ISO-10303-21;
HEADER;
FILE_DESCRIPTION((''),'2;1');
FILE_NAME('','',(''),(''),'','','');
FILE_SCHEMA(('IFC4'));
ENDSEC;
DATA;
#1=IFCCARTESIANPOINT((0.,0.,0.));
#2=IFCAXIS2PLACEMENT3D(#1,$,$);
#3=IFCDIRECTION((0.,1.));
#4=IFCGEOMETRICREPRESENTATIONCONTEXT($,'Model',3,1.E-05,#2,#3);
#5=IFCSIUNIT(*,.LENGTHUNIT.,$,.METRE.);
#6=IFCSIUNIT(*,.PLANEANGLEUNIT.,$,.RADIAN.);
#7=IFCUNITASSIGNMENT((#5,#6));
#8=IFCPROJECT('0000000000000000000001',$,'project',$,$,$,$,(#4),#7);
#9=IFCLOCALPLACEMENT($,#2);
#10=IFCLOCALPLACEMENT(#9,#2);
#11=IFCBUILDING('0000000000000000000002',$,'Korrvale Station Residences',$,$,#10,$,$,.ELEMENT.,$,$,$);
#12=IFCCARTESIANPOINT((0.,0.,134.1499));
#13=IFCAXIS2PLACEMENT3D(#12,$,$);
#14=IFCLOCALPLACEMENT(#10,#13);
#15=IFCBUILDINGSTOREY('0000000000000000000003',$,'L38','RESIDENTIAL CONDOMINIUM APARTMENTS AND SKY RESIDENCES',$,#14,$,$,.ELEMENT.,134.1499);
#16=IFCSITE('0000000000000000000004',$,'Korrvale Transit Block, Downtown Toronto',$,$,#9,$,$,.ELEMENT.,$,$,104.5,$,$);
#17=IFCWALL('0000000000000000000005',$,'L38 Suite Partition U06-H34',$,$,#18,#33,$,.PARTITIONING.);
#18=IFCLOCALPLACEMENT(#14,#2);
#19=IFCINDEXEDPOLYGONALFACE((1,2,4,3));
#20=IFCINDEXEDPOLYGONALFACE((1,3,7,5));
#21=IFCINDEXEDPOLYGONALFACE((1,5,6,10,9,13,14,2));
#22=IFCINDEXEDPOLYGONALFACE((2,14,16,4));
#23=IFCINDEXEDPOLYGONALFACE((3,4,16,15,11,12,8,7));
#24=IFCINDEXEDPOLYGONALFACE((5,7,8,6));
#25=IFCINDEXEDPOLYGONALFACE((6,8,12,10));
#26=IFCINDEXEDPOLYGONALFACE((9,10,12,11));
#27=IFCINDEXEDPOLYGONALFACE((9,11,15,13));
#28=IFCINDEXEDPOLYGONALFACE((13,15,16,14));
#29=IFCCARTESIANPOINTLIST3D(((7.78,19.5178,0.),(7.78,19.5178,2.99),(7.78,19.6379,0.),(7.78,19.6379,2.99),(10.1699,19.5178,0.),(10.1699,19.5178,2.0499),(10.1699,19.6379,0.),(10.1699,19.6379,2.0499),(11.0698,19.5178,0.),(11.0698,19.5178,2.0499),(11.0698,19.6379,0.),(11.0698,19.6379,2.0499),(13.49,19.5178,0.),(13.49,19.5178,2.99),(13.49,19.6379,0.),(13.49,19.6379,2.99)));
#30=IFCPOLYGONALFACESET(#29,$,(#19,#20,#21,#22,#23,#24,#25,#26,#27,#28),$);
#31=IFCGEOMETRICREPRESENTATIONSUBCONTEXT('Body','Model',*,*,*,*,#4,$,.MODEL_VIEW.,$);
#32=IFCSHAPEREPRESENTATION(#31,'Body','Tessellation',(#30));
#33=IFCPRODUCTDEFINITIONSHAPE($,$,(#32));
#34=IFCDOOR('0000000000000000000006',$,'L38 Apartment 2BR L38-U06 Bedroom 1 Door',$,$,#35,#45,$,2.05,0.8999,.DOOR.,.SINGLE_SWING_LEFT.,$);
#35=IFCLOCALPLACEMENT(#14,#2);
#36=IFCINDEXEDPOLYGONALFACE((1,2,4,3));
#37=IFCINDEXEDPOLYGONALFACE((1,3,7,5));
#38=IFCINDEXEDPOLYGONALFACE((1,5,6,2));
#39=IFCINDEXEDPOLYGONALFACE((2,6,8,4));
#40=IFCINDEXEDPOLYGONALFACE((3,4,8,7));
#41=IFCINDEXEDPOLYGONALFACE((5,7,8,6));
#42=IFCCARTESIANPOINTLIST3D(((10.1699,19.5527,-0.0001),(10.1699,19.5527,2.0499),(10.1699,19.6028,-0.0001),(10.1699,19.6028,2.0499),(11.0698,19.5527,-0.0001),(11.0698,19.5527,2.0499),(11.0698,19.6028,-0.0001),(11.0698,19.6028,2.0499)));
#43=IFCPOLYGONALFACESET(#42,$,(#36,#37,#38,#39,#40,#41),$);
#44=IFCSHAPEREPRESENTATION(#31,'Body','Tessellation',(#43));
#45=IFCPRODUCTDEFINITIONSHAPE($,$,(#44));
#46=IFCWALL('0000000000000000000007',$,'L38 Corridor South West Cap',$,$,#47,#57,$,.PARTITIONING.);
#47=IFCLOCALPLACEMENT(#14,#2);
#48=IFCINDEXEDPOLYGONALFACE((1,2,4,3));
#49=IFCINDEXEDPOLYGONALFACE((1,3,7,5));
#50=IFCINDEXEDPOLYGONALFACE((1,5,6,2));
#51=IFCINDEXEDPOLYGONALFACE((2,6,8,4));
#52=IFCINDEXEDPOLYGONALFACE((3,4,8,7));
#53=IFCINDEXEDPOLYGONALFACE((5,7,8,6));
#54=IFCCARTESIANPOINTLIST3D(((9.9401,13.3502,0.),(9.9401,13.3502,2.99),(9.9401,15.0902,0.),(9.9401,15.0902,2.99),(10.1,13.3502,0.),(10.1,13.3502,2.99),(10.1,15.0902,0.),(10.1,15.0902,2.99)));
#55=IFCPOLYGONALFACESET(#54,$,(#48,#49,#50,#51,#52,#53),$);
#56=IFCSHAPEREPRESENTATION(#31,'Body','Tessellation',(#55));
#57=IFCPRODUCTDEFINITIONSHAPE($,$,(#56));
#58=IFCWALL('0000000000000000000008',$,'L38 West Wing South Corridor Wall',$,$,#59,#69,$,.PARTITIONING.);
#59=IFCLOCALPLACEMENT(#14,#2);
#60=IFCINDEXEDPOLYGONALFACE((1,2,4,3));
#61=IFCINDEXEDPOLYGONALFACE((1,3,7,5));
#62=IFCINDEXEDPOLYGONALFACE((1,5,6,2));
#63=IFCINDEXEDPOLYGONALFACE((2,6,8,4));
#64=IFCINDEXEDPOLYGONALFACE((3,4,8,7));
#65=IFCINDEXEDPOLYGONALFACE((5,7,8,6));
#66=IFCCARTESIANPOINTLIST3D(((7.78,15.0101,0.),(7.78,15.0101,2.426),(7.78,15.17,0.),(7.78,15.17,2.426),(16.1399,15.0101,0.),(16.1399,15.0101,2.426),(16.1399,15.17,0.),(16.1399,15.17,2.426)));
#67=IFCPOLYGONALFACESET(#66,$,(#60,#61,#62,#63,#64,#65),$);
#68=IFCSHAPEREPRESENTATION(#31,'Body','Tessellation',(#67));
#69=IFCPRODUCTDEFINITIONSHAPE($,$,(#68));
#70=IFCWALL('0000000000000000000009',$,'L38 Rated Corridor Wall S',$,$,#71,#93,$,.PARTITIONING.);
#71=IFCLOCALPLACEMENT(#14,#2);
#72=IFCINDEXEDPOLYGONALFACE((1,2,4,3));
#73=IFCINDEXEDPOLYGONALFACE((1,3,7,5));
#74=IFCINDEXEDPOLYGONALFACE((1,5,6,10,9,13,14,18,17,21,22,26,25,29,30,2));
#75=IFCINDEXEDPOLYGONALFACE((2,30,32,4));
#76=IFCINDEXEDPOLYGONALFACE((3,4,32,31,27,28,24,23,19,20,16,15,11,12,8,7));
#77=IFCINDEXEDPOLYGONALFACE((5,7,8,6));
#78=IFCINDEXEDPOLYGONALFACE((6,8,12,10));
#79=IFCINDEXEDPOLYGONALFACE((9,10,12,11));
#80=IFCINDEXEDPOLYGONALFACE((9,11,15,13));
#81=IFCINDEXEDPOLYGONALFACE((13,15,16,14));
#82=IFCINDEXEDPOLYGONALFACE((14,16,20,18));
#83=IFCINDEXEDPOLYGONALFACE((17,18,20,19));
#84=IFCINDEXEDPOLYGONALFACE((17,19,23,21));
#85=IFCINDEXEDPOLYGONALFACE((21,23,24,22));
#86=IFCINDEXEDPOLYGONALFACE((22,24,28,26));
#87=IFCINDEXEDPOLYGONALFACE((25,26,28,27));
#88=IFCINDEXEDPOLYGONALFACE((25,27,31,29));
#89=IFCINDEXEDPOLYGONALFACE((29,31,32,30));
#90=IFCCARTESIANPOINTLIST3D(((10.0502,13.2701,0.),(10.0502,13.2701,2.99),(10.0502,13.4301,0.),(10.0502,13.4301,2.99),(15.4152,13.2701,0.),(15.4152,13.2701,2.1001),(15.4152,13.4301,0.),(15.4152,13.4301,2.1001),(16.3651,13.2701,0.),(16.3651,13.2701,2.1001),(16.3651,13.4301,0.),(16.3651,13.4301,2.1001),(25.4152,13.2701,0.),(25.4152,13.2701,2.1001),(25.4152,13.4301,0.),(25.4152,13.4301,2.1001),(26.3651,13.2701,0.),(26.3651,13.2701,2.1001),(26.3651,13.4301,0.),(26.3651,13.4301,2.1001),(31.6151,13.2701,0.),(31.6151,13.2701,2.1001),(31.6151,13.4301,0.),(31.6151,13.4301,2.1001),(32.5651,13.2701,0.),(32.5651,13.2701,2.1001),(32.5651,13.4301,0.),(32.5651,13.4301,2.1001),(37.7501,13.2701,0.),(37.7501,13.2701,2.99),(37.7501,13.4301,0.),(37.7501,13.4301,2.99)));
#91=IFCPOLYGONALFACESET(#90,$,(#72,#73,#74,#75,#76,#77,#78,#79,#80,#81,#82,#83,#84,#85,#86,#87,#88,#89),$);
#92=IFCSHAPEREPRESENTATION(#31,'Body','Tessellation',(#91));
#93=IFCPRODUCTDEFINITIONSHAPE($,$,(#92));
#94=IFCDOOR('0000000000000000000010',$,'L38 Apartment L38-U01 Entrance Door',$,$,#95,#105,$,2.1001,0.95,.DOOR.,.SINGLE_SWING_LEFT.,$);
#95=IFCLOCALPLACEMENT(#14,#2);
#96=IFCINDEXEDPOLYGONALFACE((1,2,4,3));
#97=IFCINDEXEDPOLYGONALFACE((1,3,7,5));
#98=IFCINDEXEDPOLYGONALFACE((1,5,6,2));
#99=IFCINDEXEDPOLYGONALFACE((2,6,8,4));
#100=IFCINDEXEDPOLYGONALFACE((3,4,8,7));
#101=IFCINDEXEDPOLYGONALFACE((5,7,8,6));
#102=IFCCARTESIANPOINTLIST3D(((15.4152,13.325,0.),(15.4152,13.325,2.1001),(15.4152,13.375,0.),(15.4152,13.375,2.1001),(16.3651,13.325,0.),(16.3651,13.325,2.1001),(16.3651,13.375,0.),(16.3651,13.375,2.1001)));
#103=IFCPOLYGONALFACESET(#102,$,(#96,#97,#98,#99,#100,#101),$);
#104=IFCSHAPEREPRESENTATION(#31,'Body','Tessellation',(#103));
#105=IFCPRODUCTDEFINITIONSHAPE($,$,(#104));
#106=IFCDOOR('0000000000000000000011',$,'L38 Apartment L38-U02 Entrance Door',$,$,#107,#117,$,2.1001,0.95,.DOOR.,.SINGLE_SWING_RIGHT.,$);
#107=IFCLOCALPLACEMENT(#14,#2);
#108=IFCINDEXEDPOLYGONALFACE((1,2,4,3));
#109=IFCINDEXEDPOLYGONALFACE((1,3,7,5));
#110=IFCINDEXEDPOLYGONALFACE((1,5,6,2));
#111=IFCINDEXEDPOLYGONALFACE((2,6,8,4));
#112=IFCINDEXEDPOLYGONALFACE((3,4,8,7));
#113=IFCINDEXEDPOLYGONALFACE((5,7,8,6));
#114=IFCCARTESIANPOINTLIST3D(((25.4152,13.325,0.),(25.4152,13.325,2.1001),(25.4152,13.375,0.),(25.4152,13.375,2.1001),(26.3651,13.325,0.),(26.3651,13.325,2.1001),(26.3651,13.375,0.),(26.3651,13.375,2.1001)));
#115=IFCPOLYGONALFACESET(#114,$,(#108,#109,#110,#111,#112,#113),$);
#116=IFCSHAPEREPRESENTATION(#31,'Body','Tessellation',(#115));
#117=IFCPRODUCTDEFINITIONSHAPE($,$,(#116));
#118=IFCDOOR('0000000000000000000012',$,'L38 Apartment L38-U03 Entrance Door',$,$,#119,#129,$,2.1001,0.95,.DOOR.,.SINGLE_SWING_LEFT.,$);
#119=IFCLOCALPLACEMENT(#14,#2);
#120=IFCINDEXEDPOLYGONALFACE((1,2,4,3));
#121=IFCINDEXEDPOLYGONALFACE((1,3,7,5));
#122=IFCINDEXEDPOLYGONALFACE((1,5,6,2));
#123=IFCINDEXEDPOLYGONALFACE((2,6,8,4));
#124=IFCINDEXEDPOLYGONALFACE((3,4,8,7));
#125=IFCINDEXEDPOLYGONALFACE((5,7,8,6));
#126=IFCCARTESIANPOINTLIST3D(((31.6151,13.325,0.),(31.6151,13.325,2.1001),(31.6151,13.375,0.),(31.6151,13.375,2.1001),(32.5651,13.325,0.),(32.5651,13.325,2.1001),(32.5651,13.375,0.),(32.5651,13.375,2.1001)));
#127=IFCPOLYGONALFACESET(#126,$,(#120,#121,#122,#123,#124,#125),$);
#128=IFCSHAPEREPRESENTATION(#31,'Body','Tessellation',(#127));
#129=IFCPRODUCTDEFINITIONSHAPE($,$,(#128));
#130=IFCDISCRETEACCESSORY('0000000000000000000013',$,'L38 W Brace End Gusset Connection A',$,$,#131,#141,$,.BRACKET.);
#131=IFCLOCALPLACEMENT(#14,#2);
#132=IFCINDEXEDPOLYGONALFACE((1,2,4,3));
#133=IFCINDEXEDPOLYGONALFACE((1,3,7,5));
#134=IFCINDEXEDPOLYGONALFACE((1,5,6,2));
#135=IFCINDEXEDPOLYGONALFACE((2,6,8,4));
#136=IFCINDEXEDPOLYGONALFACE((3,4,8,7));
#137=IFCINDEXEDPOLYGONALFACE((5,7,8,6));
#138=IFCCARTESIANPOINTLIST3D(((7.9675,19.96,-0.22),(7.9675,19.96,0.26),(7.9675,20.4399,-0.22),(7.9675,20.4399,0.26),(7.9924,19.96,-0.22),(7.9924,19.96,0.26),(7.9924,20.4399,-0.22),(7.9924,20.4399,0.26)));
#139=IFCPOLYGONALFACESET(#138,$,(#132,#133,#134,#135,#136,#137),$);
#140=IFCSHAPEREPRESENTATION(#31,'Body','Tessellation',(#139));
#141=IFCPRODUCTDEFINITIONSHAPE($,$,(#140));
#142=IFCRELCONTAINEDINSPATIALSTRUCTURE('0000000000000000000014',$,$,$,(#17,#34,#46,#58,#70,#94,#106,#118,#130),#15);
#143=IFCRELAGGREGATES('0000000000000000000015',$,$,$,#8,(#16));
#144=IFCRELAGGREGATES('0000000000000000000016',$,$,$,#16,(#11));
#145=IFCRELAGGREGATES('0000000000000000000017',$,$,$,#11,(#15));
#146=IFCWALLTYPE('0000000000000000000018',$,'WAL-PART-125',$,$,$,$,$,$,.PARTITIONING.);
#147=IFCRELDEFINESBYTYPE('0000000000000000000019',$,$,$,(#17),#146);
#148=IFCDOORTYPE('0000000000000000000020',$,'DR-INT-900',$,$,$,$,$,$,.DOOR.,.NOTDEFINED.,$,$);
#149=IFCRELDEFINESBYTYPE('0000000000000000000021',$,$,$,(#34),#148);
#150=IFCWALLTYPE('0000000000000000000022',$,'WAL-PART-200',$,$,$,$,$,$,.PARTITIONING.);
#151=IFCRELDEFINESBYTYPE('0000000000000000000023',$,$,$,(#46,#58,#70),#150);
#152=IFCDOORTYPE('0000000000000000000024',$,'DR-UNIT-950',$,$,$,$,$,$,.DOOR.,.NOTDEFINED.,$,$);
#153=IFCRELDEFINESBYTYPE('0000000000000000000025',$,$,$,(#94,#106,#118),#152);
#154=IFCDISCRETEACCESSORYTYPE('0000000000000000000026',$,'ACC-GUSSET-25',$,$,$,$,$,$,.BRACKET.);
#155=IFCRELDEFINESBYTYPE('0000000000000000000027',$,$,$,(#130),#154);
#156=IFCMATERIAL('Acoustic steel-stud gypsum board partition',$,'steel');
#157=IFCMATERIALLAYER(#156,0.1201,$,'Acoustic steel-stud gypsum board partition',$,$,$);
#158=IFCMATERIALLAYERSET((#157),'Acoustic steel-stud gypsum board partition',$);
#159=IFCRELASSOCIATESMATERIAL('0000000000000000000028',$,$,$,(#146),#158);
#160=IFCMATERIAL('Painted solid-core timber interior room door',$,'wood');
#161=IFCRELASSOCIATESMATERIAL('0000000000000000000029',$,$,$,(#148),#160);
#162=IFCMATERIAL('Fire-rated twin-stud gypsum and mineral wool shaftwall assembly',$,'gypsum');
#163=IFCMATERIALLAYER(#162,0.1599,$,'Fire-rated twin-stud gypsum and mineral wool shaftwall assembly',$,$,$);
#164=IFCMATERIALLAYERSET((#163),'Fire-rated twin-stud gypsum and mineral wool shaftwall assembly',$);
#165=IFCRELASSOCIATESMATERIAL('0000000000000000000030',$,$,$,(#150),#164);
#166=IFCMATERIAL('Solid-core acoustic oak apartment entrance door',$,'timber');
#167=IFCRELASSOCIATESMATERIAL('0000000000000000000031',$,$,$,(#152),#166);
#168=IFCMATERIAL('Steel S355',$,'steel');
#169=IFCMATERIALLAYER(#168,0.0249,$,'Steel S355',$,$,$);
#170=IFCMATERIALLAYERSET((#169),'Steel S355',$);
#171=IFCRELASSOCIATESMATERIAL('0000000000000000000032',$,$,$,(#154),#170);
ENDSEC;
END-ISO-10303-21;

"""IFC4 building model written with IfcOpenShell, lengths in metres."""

from ifc_helpers import new_model, si_unit, direction, frame, frame_2d, origin, origin_2d, place, context, subcontext, project, spatial, rectangle, extrude, material, layer, layer_set, type_object, element, fill, save


model = new_model("IFC4")

# Units and contexts
model_context = context("Model", 3, precision=1e-05, world=origin(), true_north=direction((0.0, 1.0)))
body_context = subcontext(model_context, "Body", "Model", "MODEL_VIEW")
ifc_project = project(units=[si_unit("LENGTHUNIT", "METRE"), si_unit("PLANEANGLEUNIT", "RADIAN")], contexts=[model_context])

# Site, building, storey
site_placement = place(None, origin())
site = spatial("IfcSite", under=ifc_project, at=site_placement, Name="Korrvale Transit Block, Downtown Toronto", CompositionType="ELEMENT", RefElevation=104.5)
building_placement = place(site_placement, origin())
building = spatial("IfcBuilding", under=site, at=building_placement, Name="Korrvale Station Residences", CompositionType="ELEMENT")
storey_placement = place(building_placement, frame((0.0, 0.0, 134.1499)))
storey = spatial("IfcBuildingStorey", under=building, at=storey_placement, Name="L38", Description="RESIDENTIAL CONDOMINIUM APARTMENTS AND SKY RESIDENCES", CompositionType="ELEMENT", Elevation=134.1499)

# Shared definitions
ifc_material_1 = material(Name="Steel S355", Category="steel")

# Shared definitions
ifc_material_2 = material(Name="Acoustic steel-stud gypsum board partition", Category="steel")
ifc_layer_1 = layer(ifc_material_2, 0.1201, Name="Acoustic steel-stud gypsum board partition")
ifc_layer_set_1 = layer_set([ifc_layer_1], Name="Acoustic steel-stud gypsum board partition")
wall_type_1 = type_object("IfcWallType", Name="WAL-PART-125", PredefinedType="PARTITIONING", material=ifc_layer_set_1)

# Wall, opening, door
ifc_material_3 = material(Name="Painted solid-core timber interior room door", Category="wood")
door_type_1 = type_object("IfcDoorType", Name="DR-INT-900", OperationType="NOTDEFINED", PredefinedType="DOOR", material=ifc_material_3)
wall_1_placement = place(storey_placement, frame((7.78, 19.5779, 0.0), z_axis=(0.0, 0.0, 1.0), x_axis=(1.0, 0.0, 0.0)))
wall_1 = element("IfcWall", 1, at=wall_1_placement, inside=storey, type_object=wall_type_1, Name="L38 Suite Partition U06-H34", PredefinedType="PARTITIONING", context=body_context, shape_type="SweptSolid", body=[
    extrude(rectangle(XDim=5.71, YDim=0.1201, at=frame_2d((2.855, 0.0))), origin(), (0.0, 0.0, 1.0), 2.99),
])
opening_1_placement = place(wall_1_placement, frame((2.3899, 0.0, 0.0)))
opening_1 = element("IfcOpeningElement", 2, at=opening_1_placement, cuts=wall_1, PredefinedType="OPENING", context=body_context, shape_type="SweptSolid", body=[
    extrude(rectangle(XDim=0.8999, YDim=2.05, at=frame_2d((0.45, 1.0249))), frame((0.0, 0.0701, 0.0), z_axis=(0.0, -1.0, 0.0), x_axis=(1.0, 0.0, 0.0)), (0.0, 0.0, 1.0), 0.1401),
])
door_1_placement = place(opening_1_placement, origin())
door_1 = element("IfcDoor", 3, at=door_1_placement, inside=storey, type_object=door_type_1, Name="L38 Apartment 2BR L38-U06 Bedroom 1 Door", OperationType="SINGLE_SWING_LEFT", OverallHeight=2.05, OverallWidth=0.8999, PredefinedType="DOOR", context=body_context, shape_type="SweptSolid", body=[
    extrude(rectangle(XDim=0.8999, YDim=2.05, at=frame_2d((0.45, 1.0249))), frame((0.0, 0.0249, 0.0), z_axis=(0.0, -1.0, 0.0), x_axis=(1.0, 0.0, 0.0)), (0.0, 0.0, 1.0), 0.05),
])
fill(opening_1, door_1)

# Walls
ifc_material_4 = material(Name="Fire-rated twin-stud gypsum and mineral wool shaftwall assembly", Category="gypsum")
ifc_layer_2 = layer(ifc_material_4, 0.1599, Name="Fire-rated twin-stud gypsum and mineral wool shaftwall assembly")
ifc_layer_set_2 = layer_set([ifc_layer_2], Name="Fire-rated twin-stud gypsum and mineral wool shaftwall assembly")
wall_type_2 = type_object("IfcWallType", Name="WAL-PART-200", PredefinedType="PARTITIONING", material=ifc_layer_set_2)
wall_2_placement = place(storey_placement, frame((10.02, 13.3501, 0.0), z_axis=(0.0, 0.0, 1.0), x_axis=(0.0, 1.0, 0.0)))
element("IfcWall", 4, at=wall_2_placement, inside=storey, type_object=wall_type_2, Name="L38 Corridor South West Cap", PredefinedType="PARTITIONING", context=body_context, shape_type="SweptSolid", body=[
    extrude(rectangle(XDim=1.74, YDim=0.1599, at=frame_2d((0.8701, 0.0))), origin(), (0.0, 0.0, 1.0), 2.99),
])
wall_3_placement = place(storey_placement, frame((7.78, 15.0901, 0.0), z_axis=(0.0, 0.0, 1.0), x_axis=(1.0, 0.0, 0.0)))
element("IfcWall", 5, at=wall_3_placement, inside=storey, type_object=wall_type_2, Name="L38 West Wing South Corridor Wall", PredefinedType="PARTITIONING", context=body_context, shape_type="SweptSolid", body=[
    extrude(rectangle(XDim=8.3599, YDim=0.1599, at=frame_2d((4.1799, 0.0))), origin(), (0.0, 0.0, 1.0), 2.426),
])

# Wall, openings, doors
wall_4_placement = place(storey_placement, frame((10.05, 13.3501, 0.0), z_axis=(0.0, 0.0, 1.0), x_axis=(1.0, 0.0, 0.0)))
wall_4 = element("IfcWall", 6, at=wall_4_placement, inside=storey, type_object=wall_type_2, Name="L38 Rated Corridor Wall S", PredefinedType="PARTITIONING", context=body_context, shape_type="SweptSolid", body=[
    extrude(rectangle(XDim=27.7, YDim=0.1599, at=frame_2d((13.8501, 0.0))), origin(), (0.0, 0.0, 1.0), 2.99),
])
opening_2_placement = place(wall_4_placement, frame((5.365, 0.0, 0.0)))
opening_2 = element("IfcOpeningElement", 7, at=opening_2_placement, cuts=wall_4, PredefinedType="OPENING", context=body_context, shape_type="SweptSolid", body=[
    extrude(rectangle(XDim=0.95, YDim=2.1001, at=frame_2d((0.4751, 1.05))), frame((0.0, 0.0898, 0.0), z_axis=(0.0, -1.0, 0.0), x_axis=(1.0, 0.0, 0.0)), (0.0, 0.0, 1.0), 0.1799),
])
opening_3_placement = place(wall_4_placement, frame((15.365, 0.0, 0.0)))
opening_3 = element("IfcOpeningElement", 8, at=opening_3_placement, cuts=wall_4, PredefinedType="OPENING", context=body_context, shape_type="SweptSolid", body=[
    extrude(rectangle(XDim=0.95, YDim=2.1001, at=frame_2d((0.4751, 1.05))), frame((0.0, 0.0898, 0.0), z_axis=(0.0, -1.0, 0.0), x_axis=(1.0, 0.0, 0.0)), (0.0, 0.0, 1.0), 0.1799),
])
opening_4_placement = place(wall_4_placement, frame((21.5649, 0.0, 0.0)))
opening_4 = element("IfcOpeningElement", 9, at=opening_4_placement, cuts=wall_4, PredefinedType="OPENING", context=body_context, shape_type="SweptSolid", body=[
    extrude(rectangle(XDim=0.95, YDim=2.1001, at=frame_2d((0.4751, 1.05))), frame((0.0, 0.0898, 0.0), z_axis=(0.0, -1.0, 0.0), x_axis=(1.0, 0.0, 0.0)), (0.0, 0.0, 1.0), 0.1799),
])
ifc_material_5 = material(Name="Solid-core acoustic oak apartment entrance door", Category="timber")
door_type_2 = type_object("IfcDoorType", Name="DR-UNIT-950", OperationType="NOTDEFINED", PredefinedType="DOOR", material=ifc_material_5)
door_2_placement = place(opening_2_placement, origin())
door_2 = element("IfcDoor", 10, at=door_2_placement, inside=storey, type_object=door_type_2, Name="L38 Apartment L38-U01 Entrance Door", OperationType="SINGLE_SWING_LEFT", OverallHeight=2.1001, OverallWidth=0.95, PredefinedType="DOOR", context=body_context, shape_type="SweptSolid", body=[
    extrude(rectangle(XDim=0.95, YDim=2.1001, at=frame_2d((0.4751, 1.05))), frame((0.0, 0.0249, 0.0), z_axis=(0.0, -1.0, 0.0), x_axis=(1.0, 0.0, 0.0)), (0.0, 0.0, 1.0), 0.05),
])
fill(opening_2, door_2)
door_3_placement = place(opening_3_placement, origin())
door_3 = element("IfcDoor", 11, at=door_3_placement, inside=storey, type_object=door_type_2, Name="L38 Apartment L38-U02 Entrance Door", OperationType="SINGLE_SWING_RIGHT", OverallHeight=2.1001, OverallWidth=0.95, PredefinedType="DOOR", context=body_context, shape_type="SweptSolid", body=[
    extrude(rectangle(XDim=0.95, YDim=2.1001, at=frame_2d((0.4751, 1.05))), frame((0.0, 0.0249, 0.0), z_axis=(0.0, -1.0, 0.0), x_axis=(1.0, 0.0, 0.0)), (0.0, 0.0, 1.0), 0.05),
])
fill(opening_3, door_3)
door_4_placement = place(opening_4_placement, origin())
door_4 = element("IfcDoor", 12, at=door_4_placement, inside=storey, type_object=door_type_2, Name="L38 Apartment L38-U03 Entrance Door", OperationType="SINGLE_SWING_LEFT", OverallHeight=2.1001, OverallWidth=0.95, PredefinedType="DOOR", context=body_context, shape_type="SweptSolid", body=[
    extrude(rectangle(XDim=0.95, YDim=2.1001, at=frame_2d((0.4751, 1.05))), frame((0.0, 0.0249, 0.0), z_axis=(0.0, -1.0, 0.0), x_axis=(1.0, 0.0, 0.0)), (0.0, 0.0, 1.0), 0.05),
])
fill(opening_4, door_4)

# Discrete accessory
ifc_layer_3 = layer(ifc_material_1, 0.0249, Name="Steel S355")
ifc_layer_set_3 = layer_set([ifc_layer_3], Name="Steel S355")
discrete_accessory_type = type_object("IfcDiscreteAccessoryType", Name="ACC-GUSSET-25", PredefinedType="BRACKET", material=ifc_layer_set_3)
discrete_accessory_placement = place(storey_placement, frame((7.98, 20.2, -0.22), z_axis=(0.0, 0.0, 1.0), x_axis=(0.0, 1.0, 0.0)))
element("IfcDiscreteAccessory", 13, at=discrete_accessory_placement, inside=storey, type_object=discrete_accessory_type, Name="L38 W Brace End Gusset Connection A", PredefinedType="BRACKET", context=body_context, shape_type="SweptSolid", body=[
    extrude(rectangle(XDim=0.48, YDim=0.0249, at=origin_2d()), origin(), (0.0, 0.0, 1.0), 0.48),
])

save(model, "model.ifc")
